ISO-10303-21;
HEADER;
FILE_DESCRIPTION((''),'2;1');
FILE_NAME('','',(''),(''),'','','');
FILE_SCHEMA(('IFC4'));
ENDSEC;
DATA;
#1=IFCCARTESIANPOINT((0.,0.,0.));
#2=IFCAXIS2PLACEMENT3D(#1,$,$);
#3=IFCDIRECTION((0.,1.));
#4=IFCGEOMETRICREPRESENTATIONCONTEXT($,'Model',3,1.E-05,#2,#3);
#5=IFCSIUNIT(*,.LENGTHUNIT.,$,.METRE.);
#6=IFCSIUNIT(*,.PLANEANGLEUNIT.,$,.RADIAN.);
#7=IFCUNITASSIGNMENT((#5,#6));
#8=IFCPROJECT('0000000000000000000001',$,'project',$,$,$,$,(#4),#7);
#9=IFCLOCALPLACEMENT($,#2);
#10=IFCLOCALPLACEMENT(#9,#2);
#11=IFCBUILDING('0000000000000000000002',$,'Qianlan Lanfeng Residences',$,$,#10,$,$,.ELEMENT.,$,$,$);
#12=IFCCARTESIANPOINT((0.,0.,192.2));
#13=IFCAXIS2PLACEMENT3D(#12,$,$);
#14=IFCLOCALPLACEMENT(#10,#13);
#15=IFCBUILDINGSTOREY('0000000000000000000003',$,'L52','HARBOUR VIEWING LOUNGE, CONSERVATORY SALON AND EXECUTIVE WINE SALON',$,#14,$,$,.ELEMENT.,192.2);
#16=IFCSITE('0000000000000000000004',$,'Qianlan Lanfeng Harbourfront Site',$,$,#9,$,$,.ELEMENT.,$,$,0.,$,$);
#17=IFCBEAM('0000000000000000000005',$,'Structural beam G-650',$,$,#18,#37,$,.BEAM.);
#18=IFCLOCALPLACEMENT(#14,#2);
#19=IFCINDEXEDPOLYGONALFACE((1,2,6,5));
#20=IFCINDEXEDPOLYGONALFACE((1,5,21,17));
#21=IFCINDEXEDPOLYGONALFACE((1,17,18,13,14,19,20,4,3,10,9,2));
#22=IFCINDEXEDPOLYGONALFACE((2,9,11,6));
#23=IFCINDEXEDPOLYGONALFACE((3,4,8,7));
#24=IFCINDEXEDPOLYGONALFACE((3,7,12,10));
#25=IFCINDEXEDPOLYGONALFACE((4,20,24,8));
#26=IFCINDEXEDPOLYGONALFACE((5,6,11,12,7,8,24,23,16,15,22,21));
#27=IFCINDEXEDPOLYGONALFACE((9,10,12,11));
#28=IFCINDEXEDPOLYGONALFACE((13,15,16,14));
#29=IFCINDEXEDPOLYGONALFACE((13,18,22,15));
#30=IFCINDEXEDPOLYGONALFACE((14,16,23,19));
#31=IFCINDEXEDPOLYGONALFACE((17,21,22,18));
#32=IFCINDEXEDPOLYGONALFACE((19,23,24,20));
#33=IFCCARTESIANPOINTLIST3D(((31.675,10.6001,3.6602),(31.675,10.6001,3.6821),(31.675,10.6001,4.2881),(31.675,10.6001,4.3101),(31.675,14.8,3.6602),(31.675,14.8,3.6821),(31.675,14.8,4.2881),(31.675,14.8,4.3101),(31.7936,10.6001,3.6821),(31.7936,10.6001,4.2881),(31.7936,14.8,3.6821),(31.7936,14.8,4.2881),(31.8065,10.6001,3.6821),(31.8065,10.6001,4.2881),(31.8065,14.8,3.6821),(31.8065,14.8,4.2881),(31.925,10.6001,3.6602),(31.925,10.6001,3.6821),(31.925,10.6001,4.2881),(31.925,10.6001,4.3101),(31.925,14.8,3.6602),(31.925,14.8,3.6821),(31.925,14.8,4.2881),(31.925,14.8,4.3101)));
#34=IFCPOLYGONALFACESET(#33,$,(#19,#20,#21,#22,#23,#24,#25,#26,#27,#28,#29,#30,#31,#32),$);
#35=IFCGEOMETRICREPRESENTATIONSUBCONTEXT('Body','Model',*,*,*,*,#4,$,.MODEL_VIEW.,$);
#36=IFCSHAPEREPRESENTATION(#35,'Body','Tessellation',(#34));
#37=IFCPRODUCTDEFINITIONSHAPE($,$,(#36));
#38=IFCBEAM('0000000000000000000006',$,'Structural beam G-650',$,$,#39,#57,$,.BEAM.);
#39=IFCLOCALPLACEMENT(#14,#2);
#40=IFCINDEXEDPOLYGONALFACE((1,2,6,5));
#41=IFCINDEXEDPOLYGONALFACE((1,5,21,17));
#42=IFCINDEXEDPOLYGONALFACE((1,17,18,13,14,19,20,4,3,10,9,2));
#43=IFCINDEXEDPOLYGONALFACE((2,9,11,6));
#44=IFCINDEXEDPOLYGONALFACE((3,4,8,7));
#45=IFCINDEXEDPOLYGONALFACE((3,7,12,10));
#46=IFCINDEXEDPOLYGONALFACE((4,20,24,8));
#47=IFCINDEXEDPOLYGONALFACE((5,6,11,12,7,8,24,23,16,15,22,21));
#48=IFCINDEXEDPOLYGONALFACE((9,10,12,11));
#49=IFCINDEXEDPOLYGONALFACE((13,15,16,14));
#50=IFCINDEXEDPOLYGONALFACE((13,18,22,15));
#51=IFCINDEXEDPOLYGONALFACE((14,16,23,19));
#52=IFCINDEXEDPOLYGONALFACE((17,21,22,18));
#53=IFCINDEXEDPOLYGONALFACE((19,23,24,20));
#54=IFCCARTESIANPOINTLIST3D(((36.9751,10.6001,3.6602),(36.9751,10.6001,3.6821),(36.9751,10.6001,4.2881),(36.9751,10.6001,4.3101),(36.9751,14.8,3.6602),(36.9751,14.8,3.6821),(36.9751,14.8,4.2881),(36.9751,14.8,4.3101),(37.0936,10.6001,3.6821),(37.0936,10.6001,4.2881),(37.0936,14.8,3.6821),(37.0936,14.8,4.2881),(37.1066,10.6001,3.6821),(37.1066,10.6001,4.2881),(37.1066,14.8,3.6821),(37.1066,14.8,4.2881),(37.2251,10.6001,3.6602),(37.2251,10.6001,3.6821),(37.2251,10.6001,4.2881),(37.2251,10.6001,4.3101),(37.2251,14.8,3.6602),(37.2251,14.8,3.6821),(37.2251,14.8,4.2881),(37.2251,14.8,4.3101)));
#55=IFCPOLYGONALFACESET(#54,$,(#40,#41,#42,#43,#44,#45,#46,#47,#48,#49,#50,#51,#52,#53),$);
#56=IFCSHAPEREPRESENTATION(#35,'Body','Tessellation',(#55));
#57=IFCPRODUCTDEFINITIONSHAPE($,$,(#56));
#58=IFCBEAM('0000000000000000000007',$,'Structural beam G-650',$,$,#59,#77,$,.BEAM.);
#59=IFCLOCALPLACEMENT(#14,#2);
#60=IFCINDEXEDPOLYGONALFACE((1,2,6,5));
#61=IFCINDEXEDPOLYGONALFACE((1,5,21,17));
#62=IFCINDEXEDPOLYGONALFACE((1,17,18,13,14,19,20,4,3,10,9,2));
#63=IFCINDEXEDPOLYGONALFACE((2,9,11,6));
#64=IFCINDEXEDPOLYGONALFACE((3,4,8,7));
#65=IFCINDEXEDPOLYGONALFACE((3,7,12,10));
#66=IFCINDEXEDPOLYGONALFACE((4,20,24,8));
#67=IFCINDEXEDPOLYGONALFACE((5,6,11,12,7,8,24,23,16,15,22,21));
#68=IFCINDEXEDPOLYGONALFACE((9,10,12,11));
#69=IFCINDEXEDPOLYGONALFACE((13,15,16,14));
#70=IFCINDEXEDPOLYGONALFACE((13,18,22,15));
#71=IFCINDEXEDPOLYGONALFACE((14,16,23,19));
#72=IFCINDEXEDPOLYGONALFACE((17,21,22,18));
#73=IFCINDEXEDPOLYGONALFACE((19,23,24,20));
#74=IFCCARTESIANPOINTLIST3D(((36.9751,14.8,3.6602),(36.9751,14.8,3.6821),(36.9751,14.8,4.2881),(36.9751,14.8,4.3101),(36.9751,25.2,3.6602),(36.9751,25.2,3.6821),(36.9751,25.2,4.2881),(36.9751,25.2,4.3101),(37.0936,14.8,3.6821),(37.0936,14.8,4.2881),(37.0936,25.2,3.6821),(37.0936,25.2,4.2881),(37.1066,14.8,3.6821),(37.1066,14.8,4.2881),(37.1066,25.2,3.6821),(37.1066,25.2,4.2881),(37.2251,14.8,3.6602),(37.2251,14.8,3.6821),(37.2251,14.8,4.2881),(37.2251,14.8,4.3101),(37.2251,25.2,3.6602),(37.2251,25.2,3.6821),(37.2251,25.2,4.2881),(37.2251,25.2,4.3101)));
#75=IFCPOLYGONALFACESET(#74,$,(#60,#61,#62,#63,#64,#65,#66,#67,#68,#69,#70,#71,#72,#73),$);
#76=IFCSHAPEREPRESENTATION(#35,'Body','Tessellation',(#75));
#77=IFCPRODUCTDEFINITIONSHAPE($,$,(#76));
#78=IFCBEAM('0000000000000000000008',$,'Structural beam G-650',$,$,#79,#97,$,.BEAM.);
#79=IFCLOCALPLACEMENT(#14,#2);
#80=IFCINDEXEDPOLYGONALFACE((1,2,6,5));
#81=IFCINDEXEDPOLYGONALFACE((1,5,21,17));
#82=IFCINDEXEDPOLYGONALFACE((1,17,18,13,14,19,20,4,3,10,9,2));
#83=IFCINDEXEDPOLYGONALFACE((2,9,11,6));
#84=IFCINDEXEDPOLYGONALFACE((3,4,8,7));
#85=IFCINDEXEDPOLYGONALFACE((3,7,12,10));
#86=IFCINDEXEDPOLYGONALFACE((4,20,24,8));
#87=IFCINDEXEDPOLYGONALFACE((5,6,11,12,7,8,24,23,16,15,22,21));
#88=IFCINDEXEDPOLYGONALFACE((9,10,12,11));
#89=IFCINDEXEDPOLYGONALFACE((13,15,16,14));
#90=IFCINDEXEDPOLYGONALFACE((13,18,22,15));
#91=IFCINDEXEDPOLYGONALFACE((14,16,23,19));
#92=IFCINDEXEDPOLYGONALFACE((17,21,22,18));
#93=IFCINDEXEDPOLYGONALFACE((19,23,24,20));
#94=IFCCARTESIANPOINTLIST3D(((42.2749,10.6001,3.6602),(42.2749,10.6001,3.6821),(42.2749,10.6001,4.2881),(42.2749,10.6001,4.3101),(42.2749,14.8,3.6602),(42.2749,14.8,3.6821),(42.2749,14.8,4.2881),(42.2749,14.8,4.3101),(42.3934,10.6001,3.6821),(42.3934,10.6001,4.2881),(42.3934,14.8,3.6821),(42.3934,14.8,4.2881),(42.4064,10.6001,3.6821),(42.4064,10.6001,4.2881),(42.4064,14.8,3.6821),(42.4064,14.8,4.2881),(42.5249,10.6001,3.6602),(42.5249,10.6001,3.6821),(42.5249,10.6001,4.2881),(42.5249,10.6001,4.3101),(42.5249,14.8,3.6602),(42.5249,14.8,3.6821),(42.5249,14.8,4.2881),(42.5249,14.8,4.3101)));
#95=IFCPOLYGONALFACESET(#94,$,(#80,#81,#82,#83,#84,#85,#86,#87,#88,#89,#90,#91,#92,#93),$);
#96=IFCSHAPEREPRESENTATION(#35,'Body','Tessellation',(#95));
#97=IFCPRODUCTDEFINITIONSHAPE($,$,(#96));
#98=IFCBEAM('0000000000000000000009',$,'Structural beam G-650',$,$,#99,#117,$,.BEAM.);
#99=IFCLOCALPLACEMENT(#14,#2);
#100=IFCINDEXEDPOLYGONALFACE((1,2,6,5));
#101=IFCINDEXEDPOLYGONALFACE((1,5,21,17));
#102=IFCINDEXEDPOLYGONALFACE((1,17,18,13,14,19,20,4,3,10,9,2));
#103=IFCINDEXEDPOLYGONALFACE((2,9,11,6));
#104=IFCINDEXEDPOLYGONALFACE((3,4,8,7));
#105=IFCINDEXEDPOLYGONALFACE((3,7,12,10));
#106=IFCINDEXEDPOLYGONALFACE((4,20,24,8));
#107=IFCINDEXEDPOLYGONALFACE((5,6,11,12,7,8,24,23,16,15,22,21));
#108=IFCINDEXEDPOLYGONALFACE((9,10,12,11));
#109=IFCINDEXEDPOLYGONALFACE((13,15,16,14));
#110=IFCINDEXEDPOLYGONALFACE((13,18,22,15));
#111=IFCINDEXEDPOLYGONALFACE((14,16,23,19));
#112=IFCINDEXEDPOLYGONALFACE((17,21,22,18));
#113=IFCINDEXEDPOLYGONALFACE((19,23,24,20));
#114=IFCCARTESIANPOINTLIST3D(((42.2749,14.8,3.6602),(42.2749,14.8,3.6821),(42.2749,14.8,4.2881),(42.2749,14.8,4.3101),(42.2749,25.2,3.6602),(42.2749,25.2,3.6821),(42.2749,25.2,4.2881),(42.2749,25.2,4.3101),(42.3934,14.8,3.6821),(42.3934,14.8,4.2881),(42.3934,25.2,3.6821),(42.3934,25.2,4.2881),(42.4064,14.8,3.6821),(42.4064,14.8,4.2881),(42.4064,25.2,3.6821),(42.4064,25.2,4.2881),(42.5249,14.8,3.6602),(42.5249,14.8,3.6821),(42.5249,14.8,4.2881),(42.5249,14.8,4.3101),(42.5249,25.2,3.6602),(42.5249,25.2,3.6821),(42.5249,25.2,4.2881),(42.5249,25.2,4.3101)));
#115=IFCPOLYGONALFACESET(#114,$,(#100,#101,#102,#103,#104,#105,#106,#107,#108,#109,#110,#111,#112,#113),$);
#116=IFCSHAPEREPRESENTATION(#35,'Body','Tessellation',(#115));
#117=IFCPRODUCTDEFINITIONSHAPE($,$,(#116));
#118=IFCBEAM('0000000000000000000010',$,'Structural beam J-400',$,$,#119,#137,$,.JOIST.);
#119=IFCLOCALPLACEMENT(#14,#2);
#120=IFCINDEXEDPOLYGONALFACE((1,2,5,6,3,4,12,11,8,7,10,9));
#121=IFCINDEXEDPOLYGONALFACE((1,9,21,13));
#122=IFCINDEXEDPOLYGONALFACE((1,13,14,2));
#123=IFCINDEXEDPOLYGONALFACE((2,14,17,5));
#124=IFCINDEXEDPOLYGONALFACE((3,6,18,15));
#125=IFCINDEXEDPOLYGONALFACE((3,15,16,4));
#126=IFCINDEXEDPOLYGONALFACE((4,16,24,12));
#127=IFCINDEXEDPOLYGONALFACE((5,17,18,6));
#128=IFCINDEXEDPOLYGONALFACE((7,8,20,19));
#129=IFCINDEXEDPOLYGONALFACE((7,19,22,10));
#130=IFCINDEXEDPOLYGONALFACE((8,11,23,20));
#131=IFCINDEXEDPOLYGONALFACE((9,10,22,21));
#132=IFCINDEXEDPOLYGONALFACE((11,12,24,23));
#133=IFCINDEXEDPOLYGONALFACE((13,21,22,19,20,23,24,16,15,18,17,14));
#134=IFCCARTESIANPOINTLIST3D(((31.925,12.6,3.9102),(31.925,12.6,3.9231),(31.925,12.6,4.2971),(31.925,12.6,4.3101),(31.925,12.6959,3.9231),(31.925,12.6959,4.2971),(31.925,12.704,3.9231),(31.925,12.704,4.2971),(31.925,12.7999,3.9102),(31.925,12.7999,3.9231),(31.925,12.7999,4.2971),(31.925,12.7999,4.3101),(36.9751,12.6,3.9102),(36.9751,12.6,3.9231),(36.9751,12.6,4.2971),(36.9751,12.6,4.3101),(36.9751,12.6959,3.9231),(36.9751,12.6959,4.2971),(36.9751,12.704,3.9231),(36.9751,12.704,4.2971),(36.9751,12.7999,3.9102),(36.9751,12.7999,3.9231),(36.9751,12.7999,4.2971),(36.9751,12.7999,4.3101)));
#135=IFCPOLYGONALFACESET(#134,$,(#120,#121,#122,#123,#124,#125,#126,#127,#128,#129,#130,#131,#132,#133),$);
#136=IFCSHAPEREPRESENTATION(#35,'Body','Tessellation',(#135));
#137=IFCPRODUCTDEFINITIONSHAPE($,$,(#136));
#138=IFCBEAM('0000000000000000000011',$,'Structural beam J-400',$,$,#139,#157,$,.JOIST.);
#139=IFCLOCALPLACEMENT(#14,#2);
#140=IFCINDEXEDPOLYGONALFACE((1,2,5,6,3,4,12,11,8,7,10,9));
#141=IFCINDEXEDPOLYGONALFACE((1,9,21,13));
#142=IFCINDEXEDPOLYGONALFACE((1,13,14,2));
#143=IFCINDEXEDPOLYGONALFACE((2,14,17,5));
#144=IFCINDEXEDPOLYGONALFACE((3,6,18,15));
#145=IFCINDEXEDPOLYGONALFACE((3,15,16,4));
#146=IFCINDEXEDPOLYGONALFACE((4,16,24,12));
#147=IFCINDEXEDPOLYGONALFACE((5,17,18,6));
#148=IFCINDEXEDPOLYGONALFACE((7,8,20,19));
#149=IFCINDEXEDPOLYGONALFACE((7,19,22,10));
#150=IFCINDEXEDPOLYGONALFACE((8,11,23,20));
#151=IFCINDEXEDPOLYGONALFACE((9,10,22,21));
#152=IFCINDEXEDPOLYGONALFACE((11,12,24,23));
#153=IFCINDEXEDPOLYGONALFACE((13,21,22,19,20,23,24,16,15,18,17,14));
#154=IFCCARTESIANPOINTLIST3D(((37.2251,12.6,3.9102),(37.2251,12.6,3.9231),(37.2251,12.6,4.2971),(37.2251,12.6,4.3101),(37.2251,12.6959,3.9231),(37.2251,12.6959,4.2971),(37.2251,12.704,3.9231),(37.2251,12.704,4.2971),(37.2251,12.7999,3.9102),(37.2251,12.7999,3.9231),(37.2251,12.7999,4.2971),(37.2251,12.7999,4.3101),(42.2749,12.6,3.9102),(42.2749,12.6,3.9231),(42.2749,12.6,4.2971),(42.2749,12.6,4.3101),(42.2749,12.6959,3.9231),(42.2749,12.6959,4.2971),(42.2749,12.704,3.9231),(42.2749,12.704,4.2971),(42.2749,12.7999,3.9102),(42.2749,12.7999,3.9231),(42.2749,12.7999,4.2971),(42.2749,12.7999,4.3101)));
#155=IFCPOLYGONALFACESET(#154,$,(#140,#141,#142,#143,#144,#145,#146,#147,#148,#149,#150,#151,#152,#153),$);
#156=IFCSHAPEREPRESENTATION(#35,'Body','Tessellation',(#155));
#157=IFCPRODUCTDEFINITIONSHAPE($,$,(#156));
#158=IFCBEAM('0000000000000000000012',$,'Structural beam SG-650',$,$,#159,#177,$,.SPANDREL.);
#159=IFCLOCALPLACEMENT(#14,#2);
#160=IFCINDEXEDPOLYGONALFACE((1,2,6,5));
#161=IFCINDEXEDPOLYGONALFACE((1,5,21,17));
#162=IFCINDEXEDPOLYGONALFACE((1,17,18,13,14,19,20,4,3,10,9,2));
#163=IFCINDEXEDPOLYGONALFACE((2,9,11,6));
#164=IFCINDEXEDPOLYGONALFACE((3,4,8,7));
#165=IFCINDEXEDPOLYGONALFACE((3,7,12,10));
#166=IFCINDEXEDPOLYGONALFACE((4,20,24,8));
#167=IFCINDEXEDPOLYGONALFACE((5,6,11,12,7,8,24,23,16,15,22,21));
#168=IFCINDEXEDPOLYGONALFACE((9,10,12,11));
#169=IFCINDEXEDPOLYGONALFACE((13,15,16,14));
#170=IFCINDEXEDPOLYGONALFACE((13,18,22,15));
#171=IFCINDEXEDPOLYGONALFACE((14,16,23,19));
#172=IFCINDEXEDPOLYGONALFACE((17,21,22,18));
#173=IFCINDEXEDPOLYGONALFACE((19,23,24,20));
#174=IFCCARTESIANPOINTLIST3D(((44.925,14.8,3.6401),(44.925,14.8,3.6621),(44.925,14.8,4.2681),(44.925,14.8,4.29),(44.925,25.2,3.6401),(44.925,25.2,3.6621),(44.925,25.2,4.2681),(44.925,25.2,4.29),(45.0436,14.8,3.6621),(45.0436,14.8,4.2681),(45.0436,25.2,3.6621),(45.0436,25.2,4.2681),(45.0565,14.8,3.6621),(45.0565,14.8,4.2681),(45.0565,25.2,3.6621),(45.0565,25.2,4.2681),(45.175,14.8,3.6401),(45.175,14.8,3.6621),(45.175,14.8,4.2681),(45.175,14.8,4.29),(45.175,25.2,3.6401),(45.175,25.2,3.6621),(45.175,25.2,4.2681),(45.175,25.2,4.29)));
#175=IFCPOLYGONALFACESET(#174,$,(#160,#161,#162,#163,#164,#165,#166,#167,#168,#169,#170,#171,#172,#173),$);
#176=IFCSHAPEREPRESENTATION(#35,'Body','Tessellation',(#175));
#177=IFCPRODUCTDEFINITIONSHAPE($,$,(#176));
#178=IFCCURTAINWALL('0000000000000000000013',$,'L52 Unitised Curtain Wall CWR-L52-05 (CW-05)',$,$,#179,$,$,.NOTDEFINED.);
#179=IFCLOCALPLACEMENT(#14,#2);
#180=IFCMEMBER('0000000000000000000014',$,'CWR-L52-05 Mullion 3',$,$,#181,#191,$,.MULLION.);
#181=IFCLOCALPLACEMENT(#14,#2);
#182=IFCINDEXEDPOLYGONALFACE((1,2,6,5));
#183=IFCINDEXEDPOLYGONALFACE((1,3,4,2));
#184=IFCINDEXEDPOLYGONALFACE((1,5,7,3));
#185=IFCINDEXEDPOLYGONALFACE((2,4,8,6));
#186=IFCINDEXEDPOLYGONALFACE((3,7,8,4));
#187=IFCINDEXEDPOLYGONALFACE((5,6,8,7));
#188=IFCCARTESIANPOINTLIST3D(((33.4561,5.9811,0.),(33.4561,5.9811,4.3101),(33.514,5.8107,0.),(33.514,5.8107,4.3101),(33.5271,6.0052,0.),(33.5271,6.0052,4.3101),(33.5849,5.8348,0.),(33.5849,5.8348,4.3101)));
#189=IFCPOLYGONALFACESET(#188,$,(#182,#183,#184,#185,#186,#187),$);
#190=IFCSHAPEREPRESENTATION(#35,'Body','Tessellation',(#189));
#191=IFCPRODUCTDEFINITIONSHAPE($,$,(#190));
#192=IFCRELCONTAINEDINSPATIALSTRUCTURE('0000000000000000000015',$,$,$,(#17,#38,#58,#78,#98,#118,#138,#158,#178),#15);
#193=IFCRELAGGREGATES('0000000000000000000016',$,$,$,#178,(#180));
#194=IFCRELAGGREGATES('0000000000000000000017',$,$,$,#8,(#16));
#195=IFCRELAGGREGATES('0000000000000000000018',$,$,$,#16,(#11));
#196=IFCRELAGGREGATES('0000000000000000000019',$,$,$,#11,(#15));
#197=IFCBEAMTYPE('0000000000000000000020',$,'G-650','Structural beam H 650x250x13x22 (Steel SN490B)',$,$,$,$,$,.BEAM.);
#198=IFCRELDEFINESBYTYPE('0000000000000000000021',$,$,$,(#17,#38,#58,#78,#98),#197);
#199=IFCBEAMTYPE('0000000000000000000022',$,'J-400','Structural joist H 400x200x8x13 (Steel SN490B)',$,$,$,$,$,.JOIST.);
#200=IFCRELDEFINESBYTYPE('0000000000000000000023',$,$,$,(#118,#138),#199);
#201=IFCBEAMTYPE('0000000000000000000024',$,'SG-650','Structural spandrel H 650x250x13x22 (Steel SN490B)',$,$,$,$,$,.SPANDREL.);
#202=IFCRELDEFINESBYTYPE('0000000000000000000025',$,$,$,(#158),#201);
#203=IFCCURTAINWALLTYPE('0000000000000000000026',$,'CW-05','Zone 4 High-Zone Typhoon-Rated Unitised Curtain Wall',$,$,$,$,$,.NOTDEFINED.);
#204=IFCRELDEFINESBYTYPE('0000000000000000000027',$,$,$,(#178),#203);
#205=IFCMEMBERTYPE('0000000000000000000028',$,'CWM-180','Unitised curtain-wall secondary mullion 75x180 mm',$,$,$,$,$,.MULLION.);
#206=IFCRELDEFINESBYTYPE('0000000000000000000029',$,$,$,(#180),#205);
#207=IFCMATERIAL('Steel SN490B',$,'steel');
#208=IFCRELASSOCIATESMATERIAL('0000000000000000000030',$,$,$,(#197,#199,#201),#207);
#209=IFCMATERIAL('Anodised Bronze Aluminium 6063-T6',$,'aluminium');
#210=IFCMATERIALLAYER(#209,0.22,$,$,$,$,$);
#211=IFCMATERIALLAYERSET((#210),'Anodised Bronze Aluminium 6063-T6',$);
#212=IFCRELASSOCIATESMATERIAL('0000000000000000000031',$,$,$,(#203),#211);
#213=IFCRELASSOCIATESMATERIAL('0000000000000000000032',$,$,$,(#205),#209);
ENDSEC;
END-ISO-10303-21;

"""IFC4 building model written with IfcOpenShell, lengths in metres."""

from ifc_helpers import new_model, si_unit, direction, frame, origin, origin_2d, place, context, subcontext, project, spatial, rectangle, i_section, extrude, source, transform, mapped, material, layer, layer_set, material_profile, profile_set, type_object, element, aggregate, save


model = new_model("IFC4")

# Units and contexts
model_context = context("Model", 3, precision=1e-05, world=origin(), true_north=direction((0.0, 1.0)))
body_context = subcontext(model_context, "Body", "Model", "MODEL_VIEW")
ifc_project = project(units=[si_unit("LENGTHUNIT", "METRE"), si_unit("PLANEANGLEUNIT", "RADIAN")], contexts=[model_context])

# Site, building, storey
site_placement = place(None, origin())
site = spatial("IfcSite", under=ifc_project, at=site_placement, Name="Qianlan Lanfeng Harbourfront Site", CompositionType="ELEMENT", RefElevation=0.0)
building_placement = place(site_placement, origin())
building = spatial("IfcBuilding", under=site, at=building_placement, Name="Qianlan Lanfeng Residences", CompositionType="ELEMENT")
storey_placement = place(building_placement, frame((0.0, 0.0, 192.2)))
storey = spatial("IfcBuildingStorey", under=building, at=storey_placement, Name="L52", Description="HARBOUR VIEWING LOUNGE, CONSERVATORY SALON AND EXECUTIVE WINE SALON", CompositionType="ELEMENT", Elevation=192.2)

# Shared definitions
ifc_material_1 = material(Name="Steel SN490B", Category="steel")

# Beams
ifc_material_profile_1 = material_profile(ifc_material_1, i_section(OverallWidth=0.25, OverallDepth=0.6499, WebThickness=0.0129, FlangeThickness=0.022, at=origin_2d()), Name="H 650x250x13x22")
ifc_profile_set_1 = profile_set([ifc_material_profile_1], Name="Steel SN490B")
beam_type_1 = type_object("IfcBeamType", Name="G-650", Description="Structural beam H 650x250x13x22 (Steel SN490B)", PredefinedType="BEAM", material=ifc_profile_set_1)
for number, where, z_axis, x_axis, name in (
    (1, (31.8, 10.6001, 3.9851), (0.0, 1.0, 0.0), (-1.0, 0.0, 0.0), "Structural beam G-650"),
    (2, (37.1001, 10.6001, 3.9851), (0.0, 1.0, 0.0), (-1.0, 0.0, 0.0), "Structural beam G-650"),
):
    element("IfcBeam", number, at=place(storey_placement, frame(where, z_axis=z_axis, x_axis=x_axis)), inside=storey, type_object=beam_type_1, Name=name, PredefinedType="BEAM", context=body_context, shape_type="SweptSolid", body=[
        extrude(i_section(OverallWidth=0.25, OverallDepth=0.6499, WebThickness=0.0129, FlangeThickness=0.022, at=origin_2d()), origin(), (0.0, 0.0, 1.0), 4.2),
    ])
beam_1_placement = place(storey_placement, frame((37.1001, 14.8, 3.9851), z_axis=(0.0, 1.0, 0.0), x_axis=(-1.0, 0.0, 0.0)))
element("IfcBeam", 3, at=beam_1_placement, inside=storey, type_object=beam_type_1, Name="Structural beam G-650", PredefinedType="BEAM", context=body_context, shape_type="SweptSolid", body=[
    extrude(i_section(OverallWidth=0.25, OverallDepth=0.6499, WebThickness=0.0129, FlangeThickness=0.022, at=origin_2d()), origin(), (0.0, 0.0, 1.0), 10.3999),
])
beam_2_placement = place(storey_placement, frame((42.3999, 10.6001, 3.9851), z_axis=(0.0, 1.0, 0.0), x_axis=(-1.0, 0.0, 0.0)))
element("IfcBeam", 4, at=beam_2_placement, inside=storey, type_object=beam_type_1, Name="Structural beam G-650", PredefinedType="BEAM", context=body_context, shape_type="SweptSolid", body=[
    extrude(i_section(OverallWidth=0.25, OverallDepth=0.6499, WebThickness=0.0129, FlangeThickness=0.022, at=origin_2d()), origin(), (0.0, 0.0, 1.0), 4.2),
])
beam_3_placement = place(storey_placement, frame((42.3999, 14.8, 3.9851), z_axis=(0.0, 1.0, 0.0), x_axis=(-1.0, 0.0, 0.0)))
element("IfcBeam", 5, at=beam_3_placement, inside=storey, type_object=beam_type_1, Name="Structural beam G-650", PredefinedType="BEAM", context=body_context, shape_type="SweptSolid", body=[
    extrude(i_section(OverallWidth=0.25, OverallDepth=0.6499, WebThickness=0.0129, FlangeThickness=0.022, at=origin_2d()), origin(), (0.0, 0.0, 1.0), 10.3999),
])
ifc_material_profile_2 = material_profile(ifc_material_1, i_section(OverallWidth=0.2, OverallDepth=0.3999, WebThickness=0.0081, FlangeThickness=0.0129, at=origin_2d()), Name="H 400x200x8x13")
ifc_profile_set_2 = profile_set([ifc_material_profile_2], Name="Steel SN490B")
beam_type_2 = type_object("IfcBeamType", Name="J-400", Description="Structural joist H 400x200x8x13 (Steel SN490B)", PredefinedType="JOIST", material=ifc_profile_set_2)
beam_4_placement = place(storey_placement, frame((31.925, 12.7, 4.1101), z_axis=(1.0, 0.0, 0.0), x_axis=(0.0, 1.0, 0.0)))
element("IfcBeam", 6, at=beam_4_placement, inside=storey, type_object=beam_type_2, Name="Structural beam J-400", PredefinedType="JOIST", context=body_context, shape_type="SweptSolid", body=[
    extrude(i_section(OverallWidth=0.2, OverallDepth=0.3999, WebThickness=0.0081, FlangeThickness=0.0129, at=origin_2d()), origin(), (0.0, 0.0, 1.0), 5.05),
])
beam_5_placement = place(storey_placement, frame((37.2251, 12.7, 4.1101), z_axis=(1.0, 0.0, 0.0), x_axis=(0.0, 1.0, 0.0)))
element("IfcBeam", 7, at=beam_5_placement, inside=storey, type_object=beam_type_2, Name="Structural beam J-400", PredefinedType="JOIST", context=body_context, shape_type="SweptSolid", body=[
    extrude(i_section(OverallWidth=0.2, OverallDepth=0.3999, WebThickness=0.0081, FlangeThickness=0.0129, at=origin_2d()), origin(), (0.0, 0.0, 1.0), 5.0498),
])
ifc_material_profile_3 = material_profile(ifc_material_1, i_section(OverallWidth=0.25, OverallDepth=0.6499, WebThickness=0.0129, FlangeThickness=0.022, at=origin_2d()), Name="H 650x250x13x22")
ifc_profile_set_3 = profile_set([ifc_material_profile_3], Name="Steel SN490B")
beam_type_3 = type_object("IfcBeamType", Name="SG-650", Description="Structural spandrel H 650x250x13x22 (Steel SN490B)", PredefinedType="SPANDREL", material=ifc_profile_set_3)
beam_6_placement = place(storey_placement, frame((45.05, 14.8, 3.9651), z_axis=(0.0, 1.0, 0.0), x_axis=(-1.0, 0.0, 0.0)))
element("IfcBeam", 8, at=beam_6_placement, inside=storey, type_object=beam_type_3, Name="Structural beam SG-650", PredefinedType="SPANDREL", context=body_context, shape_type="SweptSolid", body=[
    extrude(i_section(OverallWidth=0.25, OverallDepth=0.6499, WebThickness=0.0129, FlangeThickness=0.022, at=origin_2d()), origin(), (0.0, 0.0, 1.0), 10.3999),
])

# Curtain wall, member
ifc_material_2 = material(Name="Anodised Bronze Aluminium 6063-T6", Category="aluminium")
ifc_layer_1 = layer(ifc_material_2, 0.22)
ifc_layer_set_1 = layer_set([ifc_layer_1], Name="Anodised Bronze Aluminium 6063-T6")
curtain_wall_type = type_object("IfcCurtainWallType", Name="CW-05", Description="Zone 4 High-Zone Typhoon-Rated Unitised Curtain Wall", PredefinedType="NOTDEFINED", material=ifc_layer_set_1)
curtain_wall_placement = place(storey_placement, origin())
curtain_wall = element("IfcCurtainWall", 9, at=curtain_wall_placement, inside=storey, type_object=curtain_wall_type, Name="L52 Unitised Curtain Wall CWR-L52-05 (CW-05)", PredefinedType="NOTDEFINED")
ifc_material_profile_4 = material_profile(ifc_material_2, rectangle(XDim=0.075, YDim=0.1799, at=origin_2d()), Name="ALU MULLION 75x180")
ifc_profile_set_4 = profile_set([ifc_material_profile_4], Name="Anodised Bronze Aluminium 6063-T6")
member_type_1 = type_object("IfcMemberType", Name="CWM-180", Description="Unitised curtain-wall secondary mullion 75x180 mm", PredefinedType="MULLION", material=ifc_profile_set_4)
shared_shape_1 = source(origin(), body_context, "Body", "SweptSolid", [
    extrude(rectangle(XDim=0.075, YDim=0.1799, at=origin_2d()), origin(), (0.0, 0.0, 1.0), 4.3101),
])
member_1_placement = place(storey_placement, frame((33.5205, 5.908, 0.0), z_axis=(0.0, 0.0, 1.0), x_axis=(0.946877, 0.321596, 0.0)))
member_1 = element("IfcMember", 10, at=member_1_placement, type_object=member_type_1, Name="CWR-L52-05 Mullion 3", PredefinedType="MULLION", context=body_context, shape_type="MappedRepresentation", body=[
    mapped(shared_shape_1, transform((0.0, 0.0, 0.0), scale=1.0)),
])
aggregate(curtain_wall, [member_1])

save(model, "model.ifc")
